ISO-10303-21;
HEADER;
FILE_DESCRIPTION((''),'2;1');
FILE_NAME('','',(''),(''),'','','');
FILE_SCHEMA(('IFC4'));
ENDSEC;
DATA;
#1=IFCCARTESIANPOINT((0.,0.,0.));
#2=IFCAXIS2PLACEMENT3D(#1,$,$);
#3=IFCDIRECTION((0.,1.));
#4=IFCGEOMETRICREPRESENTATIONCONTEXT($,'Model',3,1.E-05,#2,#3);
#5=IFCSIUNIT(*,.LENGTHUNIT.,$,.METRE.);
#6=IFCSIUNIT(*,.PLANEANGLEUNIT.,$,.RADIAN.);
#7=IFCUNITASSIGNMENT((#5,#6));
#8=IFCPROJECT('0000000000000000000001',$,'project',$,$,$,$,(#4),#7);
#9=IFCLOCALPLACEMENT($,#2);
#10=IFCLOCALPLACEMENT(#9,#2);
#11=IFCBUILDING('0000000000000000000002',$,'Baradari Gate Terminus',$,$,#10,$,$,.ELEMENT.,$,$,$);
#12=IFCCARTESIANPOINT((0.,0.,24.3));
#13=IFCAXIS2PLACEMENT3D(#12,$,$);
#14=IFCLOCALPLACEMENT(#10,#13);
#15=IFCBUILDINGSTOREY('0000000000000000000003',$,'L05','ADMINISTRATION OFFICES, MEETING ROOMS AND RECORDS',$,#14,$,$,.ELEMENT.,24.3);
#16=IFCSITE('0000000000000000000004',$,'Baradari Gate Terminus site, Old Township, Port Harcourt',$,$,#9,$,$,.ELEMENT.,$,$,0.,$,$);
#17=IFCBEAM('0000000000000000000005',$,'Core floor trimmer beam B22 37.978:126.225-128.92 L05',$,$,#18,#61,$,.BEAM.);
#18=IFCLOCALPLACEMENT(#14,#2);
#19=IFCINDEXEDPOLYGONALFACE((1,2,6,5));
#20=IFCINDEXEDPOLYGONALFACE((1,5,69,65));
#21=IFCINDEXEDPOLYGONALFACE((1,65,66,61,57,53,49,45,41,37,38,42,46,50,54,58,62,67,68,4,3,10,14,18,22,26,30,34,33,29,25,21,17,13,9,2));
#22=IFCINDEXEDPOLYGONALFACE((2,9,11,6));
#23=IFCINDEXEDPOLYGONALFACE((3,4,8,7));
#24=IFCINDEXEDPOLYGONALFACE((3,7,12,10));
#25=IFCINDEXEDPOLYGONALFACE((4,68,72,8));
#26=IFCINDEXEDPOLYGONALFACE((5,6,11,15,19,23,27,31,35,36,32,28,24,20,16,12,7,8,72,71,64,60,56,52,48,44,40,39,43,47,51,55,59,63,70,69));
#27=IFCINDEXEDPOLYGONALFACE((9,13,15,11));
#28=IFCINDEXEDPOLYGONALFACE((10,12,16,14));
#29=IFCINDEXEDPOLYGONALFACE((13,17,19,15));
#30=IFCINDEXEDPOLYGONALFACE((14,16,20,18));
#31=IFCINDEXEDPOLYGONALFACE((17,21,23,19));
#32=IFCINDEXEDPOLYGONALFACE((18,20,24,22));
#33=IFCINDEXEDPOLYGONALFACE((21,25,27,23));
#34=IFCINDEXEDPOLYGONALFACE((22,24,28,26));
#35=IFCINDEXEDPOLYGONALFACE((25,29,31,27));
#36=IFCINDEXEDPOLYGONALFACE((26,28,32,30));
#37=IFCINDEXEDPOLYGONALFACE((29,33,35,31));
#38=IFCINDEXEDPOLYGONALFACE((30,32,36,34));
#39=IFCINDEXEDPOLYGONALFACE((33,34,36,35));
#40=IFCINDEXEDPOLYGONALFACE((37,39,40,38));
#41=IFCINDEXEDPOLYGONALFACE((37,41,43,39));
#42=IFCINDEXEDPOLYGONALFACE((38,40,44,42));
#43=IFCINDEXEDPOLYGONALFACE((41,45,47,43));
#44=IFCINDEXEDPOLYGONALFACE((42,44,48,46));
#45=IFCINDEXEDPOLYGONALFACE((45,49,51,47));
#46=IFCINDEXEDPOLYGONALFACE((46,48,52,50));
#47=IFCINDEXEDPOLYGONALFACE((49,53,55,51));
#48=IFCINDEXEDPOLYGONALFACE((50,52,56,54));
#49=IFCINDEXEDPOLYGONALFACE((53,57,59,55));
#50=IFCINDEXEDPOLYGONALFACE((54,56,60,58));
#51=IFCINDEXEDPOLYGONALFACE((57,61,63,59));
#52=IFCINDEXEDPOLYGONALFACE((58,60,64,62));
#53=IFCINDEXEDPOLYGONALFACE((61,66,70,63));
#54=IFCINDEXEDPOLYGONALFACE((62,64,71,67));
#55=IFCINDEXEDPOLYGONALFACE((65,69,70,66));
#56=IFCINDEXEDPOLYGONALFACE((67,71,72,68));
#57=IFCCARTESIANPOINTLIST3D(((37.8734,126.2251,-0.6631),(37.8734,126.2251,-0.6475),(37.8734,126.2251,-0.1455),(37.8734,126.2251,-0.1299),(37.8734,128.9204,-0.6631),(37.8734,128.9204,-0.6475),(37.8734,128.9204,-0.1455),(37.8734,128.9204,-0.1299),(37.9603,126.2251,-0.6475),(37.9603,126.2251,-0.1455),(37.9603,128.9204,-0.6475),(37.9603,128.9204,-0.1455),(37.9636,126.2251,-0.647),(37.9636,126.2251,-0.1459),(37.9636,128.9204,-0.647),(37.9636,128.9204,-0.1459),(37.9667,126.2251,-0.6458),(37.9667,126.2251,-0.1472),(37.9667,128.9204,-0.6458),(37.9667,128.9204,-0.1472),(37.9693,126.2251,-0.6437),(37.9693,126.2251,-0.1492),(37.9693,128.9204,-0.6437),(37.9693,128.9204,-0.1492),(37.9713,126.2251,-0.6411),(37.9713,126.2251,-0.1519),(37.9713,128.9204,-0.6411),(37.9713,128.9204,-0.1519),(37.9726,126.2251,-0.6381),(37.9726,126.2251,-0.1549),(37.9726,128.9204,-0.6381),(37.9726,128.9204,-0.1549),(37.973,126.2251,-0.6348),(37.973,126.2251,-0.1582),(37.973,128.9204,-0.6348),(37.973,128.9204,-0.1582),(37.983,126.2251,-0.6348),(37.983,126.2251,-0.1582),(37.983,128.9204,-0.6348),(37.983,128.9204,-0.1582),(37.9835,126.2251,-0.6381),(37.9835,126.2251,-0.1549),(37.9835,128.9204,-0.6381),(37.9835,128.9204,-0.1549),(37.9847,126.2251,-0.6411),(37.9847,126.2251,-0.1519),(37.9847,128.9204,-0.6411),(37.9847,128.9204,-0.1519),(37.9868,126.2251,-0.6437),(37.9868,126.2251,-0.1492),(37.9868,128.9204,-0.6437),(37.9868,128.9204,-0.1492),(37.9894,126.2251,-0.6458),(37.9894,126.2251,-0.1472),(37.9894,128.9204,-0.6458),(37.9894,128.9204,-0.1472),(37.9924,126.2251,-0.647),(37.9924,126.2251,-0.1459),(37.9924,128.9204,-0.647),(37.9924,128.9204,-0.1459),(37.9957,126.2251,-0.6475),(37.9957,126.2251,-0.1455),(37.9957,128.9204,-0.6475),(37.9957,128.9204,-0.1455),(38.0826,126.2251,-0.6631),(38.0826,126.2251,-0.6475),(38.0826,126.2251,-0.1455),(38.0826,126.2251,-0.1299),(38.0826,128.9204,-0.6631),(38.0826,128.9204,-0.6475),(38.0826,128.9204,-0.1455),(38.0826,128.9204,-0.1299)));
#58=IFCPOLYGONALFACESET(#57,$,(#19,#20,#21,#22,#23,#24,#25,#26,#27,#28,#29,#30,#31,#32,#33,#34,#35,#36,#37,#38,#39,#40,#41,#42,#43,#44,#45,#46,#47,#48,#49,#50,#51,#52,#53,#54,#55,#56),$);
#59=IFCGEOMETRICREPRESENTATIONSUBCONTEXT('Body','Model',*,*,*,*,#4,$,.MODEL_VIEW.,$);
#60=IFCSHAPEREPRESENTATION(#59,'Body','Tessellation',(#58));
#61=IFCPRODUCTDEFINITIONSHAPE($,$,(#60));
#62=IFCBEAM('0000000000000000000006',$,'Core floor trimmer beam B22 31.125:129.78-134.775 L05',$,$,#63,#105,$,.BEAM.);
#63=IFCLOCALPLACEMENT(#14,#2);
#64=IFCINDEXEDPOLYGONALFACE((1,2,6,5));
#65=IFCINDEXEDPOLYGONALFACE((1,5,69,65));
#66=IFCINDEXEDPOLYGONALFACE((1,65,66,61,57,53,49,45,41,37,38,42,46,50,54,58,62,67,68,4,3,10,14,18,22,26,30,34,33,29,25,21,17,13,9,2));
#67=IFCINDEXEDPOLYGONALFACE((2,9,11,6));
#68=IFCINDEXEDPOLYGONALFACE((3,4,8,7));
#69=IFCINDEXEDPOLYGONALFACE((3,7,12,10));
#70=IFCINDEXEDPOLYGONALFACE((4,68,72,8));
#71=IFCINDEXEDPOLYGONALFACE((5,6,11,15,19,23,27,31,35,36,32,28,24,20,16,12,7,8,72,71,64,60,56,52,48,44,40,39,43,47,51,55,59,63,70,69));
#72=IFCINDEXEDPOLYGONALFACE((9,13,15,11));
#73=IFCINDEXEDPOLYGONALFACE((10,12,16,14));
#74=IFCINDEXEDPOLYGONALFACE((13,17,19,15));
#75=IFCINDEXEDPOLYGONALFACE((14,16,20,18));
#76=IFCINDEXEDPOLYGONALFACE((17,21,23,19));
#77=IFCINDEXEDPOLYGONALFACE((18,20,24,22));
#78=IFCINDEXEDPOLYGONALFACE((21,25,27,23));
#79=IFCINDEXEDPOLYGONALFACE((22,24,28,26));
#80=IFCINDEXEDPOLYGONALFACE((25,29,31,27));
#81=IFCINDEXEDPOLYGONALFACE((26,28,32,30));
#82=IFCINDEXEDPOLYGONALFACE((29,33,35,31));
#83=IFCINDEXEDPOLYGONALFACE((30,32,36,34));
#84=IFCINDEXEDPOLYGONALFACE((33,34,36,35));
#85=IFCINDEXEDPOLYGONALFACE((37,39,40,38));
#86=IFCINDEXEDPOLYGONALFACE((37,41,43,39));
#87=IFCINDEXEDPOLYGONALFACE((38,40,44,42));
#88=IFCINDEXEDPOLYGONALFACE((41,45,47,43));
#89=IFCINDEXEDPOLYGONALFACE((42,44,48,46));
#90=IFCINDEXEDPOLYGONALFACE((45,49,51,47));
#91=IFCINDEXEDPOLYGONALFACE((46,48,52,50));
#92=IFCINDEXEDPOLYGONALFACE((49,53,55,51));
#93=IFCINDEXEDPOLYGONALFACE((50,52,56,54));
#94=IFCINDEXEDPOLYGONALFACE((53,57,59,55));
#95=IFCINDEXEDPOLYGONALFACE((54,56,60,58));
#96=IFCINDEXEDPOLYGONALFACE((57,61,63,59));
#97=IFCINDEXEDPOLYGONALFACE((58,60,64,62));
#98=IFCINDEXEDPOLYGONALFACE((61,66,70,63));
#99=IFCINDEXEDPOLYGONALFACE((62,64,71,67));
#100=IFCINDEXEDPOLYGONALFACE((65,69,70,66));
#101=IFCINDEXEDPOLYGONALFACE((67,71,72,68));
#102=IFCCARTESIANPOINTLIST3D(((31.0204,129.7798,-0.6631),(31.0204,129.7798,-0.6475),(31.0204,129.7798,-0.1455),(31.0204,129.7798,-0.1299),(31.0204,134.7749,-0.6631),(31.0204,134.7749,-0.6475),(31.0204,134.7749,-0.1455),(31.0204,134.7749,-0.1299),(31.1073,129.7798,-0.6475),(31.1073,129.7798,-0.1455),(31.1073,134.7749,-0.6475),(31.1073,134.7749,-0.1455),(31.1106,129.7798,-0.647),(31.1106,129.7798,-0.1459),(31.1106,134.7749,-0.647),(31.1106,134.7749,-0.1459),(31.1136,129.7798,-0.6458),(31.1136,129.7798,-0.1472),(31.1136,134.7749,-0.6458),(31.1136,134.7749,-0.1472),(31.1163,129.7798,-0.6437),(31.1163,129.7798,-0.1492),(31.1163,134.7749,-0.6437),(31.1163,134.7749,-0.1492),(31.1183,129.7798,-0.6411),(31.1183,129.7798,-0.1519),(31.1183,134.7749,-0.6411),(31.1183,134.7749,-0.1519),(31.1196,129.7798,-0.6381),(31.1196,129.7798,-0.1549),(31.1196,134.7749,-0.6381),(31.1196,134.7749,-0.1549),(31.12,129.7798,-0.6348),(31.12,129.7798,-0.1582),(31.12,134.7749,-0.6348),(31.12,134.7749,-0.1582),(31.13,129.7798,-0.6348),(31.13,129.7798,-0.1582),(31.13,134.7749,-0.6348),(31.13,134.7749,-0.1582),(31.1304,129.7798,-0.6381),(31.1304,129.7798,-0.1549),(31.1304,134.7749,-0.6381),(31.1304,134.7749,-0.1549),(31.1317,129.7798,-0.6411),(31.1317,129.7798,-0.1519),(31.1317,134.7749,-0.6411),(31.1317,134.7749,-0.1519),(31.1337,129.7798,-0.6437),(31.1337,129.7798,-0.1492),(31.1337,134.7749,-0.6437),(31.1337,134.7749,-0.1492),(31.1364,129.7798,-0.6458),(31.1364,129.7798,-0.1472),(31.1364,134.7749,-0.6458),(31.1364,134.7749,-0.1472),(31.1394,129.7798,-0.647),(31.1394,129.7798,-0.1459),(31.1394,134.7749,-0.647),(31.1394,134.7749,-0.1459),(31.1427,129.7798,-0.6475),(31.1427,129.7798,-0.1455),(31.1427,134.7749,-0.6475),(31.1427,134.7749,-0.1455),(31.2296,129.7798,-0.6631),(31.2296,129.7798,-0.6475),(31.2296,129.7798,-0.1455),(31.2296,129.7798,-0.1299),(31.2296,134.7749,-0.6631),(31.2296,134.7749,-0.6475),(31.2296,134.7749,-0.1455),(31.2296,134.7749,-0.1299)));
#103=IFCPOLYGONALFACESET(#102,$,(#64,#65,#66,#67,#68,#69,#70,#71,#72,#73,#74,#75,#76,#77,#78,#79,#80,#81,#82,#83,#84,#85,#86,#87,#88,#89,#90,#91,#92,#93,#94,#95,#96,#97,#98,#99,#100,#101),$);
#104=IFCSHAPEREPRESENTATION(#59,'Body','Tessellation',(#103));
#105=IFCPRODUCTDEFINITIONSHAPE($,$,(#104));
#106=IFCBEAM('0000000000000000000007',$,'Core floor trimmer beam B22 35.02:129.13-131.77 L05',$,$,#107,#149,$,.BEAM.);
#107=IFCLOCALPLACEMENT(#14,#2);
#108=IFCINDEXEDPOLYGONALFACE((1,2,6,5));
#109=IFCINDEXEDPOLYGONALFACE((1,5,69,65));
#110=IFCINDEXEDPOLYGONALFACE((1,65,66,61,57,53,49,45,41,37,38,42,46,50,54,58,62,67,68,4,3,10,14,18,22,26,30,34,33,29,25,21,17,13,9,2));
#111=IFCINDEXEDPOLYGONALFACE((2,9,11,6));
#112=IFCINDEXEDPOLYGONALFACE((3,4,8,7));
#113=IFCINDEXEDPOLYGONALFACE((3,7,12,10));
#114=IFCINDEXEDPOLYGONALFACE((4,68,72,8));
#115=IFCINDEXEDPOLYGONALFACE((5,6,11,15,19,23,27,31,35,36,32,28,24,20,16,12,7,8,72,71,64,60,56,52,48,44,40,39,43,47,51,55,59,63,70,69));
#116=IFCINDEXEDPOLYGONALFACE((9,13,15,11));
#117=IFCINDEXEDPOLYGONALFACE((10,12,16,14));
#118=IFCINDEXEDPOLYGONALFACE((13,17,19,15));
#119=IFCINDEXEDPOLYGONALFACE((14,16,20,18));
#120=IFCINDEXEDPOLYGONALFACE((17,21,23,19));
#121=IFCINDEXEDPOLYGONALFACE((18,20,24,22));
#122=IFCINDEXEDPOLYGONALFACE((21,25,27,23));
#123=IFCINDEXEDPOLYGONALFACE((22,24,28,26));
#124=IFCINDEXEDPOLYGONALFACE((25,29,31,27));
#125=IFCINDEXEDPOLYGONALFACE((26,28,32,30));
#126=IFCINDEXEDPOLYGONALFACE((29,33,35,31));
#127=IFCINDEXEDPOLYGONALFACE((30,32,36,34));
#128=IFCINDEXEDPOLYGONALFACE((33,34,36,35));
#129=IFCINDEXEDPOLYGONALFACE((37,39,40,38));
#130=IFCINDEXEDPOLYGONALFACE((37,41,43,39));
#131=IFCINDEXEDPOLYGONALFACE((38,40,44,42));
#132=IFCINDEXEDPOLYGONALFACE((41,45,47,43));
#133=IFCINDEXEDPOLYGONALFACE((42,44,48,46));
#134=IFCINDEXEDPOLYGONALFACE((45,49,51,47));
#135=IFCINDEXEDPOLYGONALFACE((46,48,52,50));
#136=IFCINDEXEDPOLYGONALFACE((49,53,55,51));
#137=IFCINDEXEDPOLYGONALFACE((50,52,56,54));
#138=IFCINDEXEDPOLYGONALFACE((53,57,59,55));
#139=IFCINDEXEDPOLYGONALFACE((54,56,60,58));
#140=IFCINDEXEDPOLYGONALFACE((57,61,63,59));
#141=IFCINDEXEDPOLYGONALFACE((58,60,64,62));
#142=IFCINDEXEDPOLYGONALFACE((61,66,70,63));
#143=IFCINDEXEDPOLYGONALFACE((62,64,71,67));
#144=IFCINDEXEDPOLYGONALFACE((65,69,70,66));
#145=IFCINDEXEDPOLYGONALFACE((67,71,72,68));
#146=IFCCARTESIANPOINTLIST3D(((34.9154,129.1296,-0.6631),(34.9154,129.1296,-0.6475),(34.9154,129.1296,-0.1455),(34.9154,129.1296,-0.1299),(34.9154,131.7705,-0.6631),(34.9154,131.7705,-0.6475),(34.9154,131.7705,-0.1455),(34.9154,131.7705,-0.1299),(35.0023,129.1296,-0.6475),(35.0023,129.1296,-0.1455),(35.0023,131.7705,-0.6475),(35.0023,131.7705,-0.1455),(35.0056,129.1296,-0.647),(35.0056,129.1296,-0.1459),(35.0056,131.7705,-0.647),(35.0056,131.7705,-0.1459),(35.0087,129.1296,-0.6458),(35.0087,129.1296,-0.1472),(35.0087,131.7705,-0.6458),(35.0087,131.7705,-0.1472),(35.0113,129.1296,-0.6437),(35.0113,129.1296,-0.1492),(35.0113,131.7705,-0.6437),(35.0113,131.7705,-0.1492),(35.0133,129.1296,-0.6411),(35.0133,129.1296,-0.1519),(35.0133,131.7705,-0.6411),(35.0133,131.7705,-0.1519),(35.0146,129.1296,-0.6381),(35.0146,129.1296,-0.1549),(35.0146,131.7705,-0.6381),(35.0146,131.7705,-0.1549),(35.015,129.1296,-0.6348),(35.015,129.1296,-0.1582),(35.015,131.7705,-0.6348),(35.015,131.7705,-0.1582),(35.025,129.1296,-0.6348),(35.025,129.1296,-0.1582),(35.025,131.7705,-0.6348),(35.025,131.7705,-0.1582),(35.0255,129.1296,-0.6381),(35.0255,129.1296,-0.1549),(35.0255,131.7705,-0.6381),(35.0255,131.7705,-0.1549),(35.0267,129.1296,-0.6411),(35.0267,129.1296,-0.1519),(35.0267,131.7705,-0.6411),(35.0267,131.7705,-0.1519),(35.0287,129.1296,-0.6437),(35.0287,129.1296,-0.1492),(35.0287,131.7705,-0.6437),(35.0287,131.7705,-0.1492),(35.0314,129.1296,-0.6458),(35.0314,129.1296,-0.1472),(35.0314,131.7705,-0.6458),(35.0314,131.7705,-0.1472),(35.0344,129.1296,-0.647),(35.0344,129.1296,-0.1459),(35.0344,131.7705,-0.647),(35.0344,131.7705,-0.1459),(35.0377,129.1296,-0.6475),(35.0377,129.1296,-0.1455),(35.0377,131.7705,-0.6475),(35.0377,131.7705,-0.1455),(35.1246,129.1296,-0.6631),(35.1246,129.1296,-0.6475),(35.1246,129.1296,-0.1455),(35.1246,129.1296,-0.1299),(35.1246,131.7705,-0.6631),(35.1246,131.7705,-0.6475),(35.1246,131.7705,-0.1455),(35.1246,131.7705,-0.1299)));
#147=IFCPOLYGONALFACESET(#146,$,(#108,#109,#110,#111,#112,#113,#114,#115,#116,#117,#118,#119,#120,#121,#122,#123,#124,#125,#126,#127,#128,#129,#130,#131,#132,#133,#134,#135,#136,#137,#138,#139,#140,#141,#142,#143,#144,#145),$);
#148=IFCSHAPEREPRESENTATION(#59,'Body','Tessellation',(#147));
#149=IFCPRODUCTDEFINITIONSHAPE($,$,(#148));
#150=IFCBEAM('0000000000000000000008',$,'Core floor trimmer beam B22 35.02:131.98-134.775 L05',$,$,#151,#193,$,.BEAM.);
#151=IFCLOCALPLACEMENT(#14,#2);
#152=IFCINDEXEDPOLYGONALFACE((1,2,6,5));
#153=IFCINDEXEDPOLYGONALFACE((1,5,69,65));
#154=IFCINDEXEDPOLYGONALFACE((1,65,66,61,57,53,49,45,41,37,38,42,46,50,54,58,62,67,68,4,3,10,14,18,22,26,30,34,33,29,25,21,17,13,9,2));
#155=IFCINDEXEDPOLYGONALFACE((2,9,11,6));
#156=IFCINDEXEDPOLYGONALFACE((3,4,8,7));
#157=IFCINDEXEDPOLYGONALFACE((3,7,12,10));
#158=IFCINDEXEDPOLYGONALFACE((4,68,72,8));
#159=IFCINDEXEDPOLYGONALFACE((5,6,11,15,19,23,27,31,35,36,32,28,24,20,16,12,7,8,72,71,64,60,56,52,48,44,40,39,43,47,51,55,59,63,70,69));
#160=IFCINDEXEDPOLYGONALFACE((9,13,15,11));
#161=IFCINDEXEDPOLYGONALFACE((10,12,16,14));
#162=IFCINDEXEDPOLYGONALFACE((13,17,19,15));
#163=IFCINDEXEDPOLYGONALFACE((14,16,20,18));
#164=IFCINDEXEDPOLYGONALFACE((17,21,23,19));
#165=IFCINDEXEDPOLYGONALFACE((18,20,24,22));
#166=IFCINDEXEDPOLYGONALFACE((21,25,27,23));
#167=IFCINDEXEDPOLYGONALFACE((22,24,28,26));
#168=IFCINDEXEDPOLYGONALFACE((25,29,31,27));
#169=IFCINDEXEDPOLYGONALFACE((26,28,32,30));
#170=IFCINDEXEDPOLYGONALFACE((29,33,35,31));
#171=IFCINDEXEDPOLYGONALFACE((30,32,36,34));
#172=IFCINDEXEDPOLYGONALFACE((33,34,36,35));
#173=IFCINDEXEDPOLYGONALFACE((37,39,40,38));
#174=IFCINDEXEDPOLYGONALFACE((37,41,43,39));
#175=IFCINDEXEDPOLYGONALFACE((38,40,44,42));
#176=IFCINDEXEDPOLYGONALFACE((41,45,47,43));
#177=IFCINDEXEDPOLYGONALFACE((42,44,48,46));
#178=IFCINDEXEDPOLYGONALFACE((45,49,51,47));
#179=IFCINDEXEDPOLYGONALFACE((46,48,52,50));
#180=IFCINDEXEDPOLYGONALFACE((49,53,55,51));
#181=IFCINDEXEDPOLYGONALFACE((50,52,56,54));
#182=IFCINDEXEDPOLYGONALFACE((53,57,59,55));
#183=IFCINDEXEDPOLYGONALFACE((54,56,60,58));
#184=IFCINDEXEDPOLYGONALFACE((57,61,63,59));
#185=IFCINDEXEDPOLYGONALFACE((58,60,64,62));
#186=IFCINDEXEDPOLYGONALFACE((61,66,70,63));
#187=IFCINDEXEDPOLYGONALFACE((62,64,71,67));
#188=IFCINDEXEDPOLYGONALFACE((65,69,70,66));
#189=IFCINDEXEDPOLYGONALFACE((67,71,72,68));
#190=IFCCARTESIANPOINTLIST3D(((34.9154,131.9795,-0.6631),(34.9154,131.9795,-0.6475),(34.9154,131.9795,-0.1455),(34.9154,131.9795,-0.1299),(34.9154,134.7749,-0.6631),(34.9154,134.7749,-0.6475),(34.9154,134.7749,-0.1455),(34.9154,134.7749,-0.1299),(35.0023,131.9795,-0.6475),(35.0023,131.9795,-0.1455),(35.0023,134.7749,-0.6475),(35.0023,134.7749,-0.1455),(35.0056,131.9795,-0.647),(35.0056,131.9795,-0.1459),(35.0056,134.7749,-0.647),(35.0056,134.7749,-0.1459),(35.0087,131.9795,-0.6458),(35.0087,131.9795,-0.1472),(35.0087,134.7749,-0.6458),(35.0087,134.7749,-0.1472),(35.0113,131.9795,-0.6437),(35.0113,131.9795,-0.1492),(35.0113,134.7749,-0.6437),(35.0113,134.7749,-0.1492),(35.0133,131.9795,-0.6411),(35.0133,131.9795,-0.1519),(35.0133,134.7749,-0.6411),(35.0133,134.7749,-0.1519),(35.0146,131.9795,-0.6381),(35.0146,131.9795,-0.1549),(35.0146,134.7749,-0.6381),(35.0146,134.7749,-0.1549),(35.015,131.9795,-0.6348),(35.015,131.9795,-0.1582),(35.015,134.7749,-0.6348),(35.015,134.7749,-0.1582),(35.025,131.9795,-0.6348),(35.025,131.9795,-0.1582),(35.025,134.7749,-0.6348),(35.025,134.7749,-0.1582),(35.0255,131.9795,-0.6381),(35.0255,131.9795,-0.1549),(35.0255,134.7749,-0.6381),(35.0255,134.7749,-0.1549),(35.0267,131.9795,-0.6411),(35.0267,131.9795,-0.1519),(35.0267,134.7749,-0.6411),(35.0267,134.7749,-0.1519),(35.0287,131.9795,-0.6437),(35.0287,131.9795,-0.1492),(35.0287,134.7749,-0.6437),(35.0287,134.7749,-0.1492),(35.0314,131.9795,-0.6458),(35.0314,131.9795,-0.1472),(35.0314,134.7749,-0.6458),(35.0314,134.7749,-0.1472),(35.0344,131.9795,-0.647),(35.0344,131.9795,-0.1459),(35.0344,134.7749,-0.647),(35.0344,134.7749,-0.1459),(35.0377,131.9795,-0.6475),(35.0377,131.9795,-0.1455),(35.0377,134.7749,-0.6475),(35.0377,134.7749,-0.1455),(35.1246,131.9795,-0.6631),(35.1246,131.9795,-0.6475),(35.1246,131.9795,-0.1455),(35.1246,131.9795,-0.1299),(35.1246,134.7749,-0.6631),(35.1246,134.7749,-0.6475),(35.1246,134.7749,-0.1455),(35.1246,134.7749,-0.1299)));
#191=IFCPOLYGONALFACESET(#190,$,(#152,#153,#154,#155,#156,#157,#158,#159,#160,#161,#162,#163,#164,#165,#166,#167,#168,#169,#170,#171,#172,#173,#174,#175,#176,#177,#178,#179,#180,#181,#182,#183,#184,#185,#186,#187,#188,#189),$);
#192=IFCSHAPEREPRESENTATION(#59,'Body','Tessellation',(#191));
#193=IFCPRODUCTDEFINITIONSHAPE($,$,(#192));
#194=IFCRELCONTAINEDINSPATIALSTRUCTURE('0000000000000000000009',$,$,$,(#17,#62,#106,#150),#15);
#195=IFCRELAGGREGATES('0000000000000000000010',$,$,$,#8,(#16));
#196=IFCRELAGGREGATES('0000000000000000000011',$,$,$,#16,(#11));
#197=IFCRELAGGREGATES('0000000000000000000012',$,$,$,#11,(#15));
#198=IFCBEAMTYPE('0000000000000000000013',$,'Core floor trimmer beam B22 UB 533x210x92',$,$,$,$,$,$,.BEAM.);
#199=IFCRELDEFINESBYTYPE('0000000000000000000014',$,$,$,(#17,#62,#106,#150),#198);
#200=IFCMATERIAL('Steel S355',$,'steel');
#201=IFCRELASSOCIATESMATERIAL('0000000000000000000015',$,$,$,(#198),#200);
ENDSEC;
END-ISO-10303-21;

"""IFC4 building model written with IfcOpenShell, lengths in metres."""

from ifc_helpers import new_model, si_unit, direction, frame, origin, origin_2d, place, context, subcontext, project, spatial, i_section, extrude, material, material_profile, profile_set, type_object, element, save


model = new_model("IFC4")

# Units and contexts
model_context = context("Model", 3, precision=1e-05, world=origin(), true_north=direction((0.0, 1.0)))
body_context = subcontext(model_context, "Body", "Model", "MODEL_VIEW")
ifc_project = project(units=[si_unit("LENGTHUNIT", "METRE"), si_unit("PLANEANGLEUNIT", "RADIAN")], contexts=[model_context])

# Site, building, storey
site_placement = place(None, origin())
site = spatial("IfcSite", under=ifc_project, at=site_placement, Name="Baradari Gate Terminus site, Old Township, Port Harcourt", CompositionType="ELEMENT", RefElevation=0.0)
building_placement = place(site_placement, origin())
building = spatial("IfcBuilding", under=site, at=building_placement, Name="Baradari Gate Terminus", CompositionType="ELEMENT")
storey_placement = place(building_placement, frame((0.0, 0.0, 24.3)))
storey = spatial("IfcBuildingStorey", under=building, at=storey_placement, Name="L05", Description="ADMINISTRATION OFFICES, MEETING ROOMS AND RECORDS", CompositionType="ELEMENT", Elevation=24.3)

# Beams
ifc_material_1 = material(Name="Steel S355", Category="steel")
ifc_material_profile_1 = material_profile(ifc_material_1, i_section(OverallWidth=0.2092, OverallDepth=0.5332, WebThickness=0.01, FlangeThickness=0.0156, FilletRadius=0.0127, at=origin_2d()), Name="UB 533x210x92")
ifc_profile_set_1 = profile_set([ifc_material_profile_1], Name="Steel S355")
beam_type_1 = type_object("IfcBeamType", Name="Core floor trimmer beam B22 UB 533x210x92", PredefinedType="BEAM", material=ifc_profile_set_1)
beam_1_placement = place(storey_placement, frame((37.978, 126.2251, -0.3965), z_axis=(0.0, 1.0, 0.0), x_axis=(-1.0, 0.0, 0.0)))
element("IfcBeam", 1, at=beam_1_placement, inside=storey, type_object=beam_type_1, Name="Core floor trimmer beam B22 37.978:126.225-128.92 L05", PredefinedType="BEAM", context=body_context, shape_type="SweptSolid", body=[
    extrude(i_section(OverallWidth=0.2092, OverallDepth=0.5332, WebThickness=0.01, FlangeThickness=0.0156, FilletRadius=0.0127, at=origin_2d()), origin(), (0.0, 0.0, 1.0), 2.6953),
])
beam_2_placement = place(storey_placement, frame((31.125, 129.7798, -0.3965), z_axis=(0.0, 1.0, 0.0), x_axis=(-1.0, 0.0, 0.0)))
element("IfcBeam", 2, at=beam_2_placement, inside=storey, type_object=beam_type_1, Name="Core floor trimmer beam B22 31.125:129.78-134.775 L05", PredefinedType="BEAM", context=body_context, shape_type="SweptSolid", body=[
    extrude(i_section(OverallWidth=0.2092, OverallDepth=0.5332, WebThickness=0.01, FlangeThickness=0.0156, FilletRadius=0.0127, at=origin_2d()), origin(), (0.0, 0.0, 1.0), 4.9951),
])
beam_3_placement = place(storey_placement, frame((35.02, 129.1296, -0.3965), z_axis=(0.0, 1.0, 0.0), x_axis=(-1.0, 0.0, 0.0)))
element("IfcBeam", 3, at=beam_3_placement, inside=storey, type_object=beam_type_1, Name="Core floor trimmer beam B22 35.02:129.13-131.77 L05", PredefinedType="BEAM", context=body_context, shape_type="SweptSolid", body=[
    extrude(i_section(OverallWidth=0.2092, OverallDepth=0.5332, WebThickness=0.01, FlangeThickness=0.0156, FilletRadius=0.0127, at=origin_2d()), origin(), (0.0, 0.0, 1.0), 2.6409),
])
beam_4_placement = place(storey_placement, frame((35.02, 131.9795, -0.3965), z_axis=(0.0, 1.0, 0.0), x_axis=(-1.0, 0.0, 0.0)))
element("IfcBeam", 4, at=beam_4_placement, inside=storey, type_object=beam_type_1, Name="Core floor trimmer beam B22 35.02:131.98-134.775 L05", PredefinedType="BEAM", context=body_context, shape_type="SweptSolid", body=[
    extrude(i_section(OverallWidth=0.2092, OverallDepth=0.5332, WebThickness=0.01, FlangeThickness=0.0156, FilletRadius=0.0127, at=origin_2d()), origin(), (0.0, 0.0, 1.0), 2.7954),
])

save(model, "model.ifc")
